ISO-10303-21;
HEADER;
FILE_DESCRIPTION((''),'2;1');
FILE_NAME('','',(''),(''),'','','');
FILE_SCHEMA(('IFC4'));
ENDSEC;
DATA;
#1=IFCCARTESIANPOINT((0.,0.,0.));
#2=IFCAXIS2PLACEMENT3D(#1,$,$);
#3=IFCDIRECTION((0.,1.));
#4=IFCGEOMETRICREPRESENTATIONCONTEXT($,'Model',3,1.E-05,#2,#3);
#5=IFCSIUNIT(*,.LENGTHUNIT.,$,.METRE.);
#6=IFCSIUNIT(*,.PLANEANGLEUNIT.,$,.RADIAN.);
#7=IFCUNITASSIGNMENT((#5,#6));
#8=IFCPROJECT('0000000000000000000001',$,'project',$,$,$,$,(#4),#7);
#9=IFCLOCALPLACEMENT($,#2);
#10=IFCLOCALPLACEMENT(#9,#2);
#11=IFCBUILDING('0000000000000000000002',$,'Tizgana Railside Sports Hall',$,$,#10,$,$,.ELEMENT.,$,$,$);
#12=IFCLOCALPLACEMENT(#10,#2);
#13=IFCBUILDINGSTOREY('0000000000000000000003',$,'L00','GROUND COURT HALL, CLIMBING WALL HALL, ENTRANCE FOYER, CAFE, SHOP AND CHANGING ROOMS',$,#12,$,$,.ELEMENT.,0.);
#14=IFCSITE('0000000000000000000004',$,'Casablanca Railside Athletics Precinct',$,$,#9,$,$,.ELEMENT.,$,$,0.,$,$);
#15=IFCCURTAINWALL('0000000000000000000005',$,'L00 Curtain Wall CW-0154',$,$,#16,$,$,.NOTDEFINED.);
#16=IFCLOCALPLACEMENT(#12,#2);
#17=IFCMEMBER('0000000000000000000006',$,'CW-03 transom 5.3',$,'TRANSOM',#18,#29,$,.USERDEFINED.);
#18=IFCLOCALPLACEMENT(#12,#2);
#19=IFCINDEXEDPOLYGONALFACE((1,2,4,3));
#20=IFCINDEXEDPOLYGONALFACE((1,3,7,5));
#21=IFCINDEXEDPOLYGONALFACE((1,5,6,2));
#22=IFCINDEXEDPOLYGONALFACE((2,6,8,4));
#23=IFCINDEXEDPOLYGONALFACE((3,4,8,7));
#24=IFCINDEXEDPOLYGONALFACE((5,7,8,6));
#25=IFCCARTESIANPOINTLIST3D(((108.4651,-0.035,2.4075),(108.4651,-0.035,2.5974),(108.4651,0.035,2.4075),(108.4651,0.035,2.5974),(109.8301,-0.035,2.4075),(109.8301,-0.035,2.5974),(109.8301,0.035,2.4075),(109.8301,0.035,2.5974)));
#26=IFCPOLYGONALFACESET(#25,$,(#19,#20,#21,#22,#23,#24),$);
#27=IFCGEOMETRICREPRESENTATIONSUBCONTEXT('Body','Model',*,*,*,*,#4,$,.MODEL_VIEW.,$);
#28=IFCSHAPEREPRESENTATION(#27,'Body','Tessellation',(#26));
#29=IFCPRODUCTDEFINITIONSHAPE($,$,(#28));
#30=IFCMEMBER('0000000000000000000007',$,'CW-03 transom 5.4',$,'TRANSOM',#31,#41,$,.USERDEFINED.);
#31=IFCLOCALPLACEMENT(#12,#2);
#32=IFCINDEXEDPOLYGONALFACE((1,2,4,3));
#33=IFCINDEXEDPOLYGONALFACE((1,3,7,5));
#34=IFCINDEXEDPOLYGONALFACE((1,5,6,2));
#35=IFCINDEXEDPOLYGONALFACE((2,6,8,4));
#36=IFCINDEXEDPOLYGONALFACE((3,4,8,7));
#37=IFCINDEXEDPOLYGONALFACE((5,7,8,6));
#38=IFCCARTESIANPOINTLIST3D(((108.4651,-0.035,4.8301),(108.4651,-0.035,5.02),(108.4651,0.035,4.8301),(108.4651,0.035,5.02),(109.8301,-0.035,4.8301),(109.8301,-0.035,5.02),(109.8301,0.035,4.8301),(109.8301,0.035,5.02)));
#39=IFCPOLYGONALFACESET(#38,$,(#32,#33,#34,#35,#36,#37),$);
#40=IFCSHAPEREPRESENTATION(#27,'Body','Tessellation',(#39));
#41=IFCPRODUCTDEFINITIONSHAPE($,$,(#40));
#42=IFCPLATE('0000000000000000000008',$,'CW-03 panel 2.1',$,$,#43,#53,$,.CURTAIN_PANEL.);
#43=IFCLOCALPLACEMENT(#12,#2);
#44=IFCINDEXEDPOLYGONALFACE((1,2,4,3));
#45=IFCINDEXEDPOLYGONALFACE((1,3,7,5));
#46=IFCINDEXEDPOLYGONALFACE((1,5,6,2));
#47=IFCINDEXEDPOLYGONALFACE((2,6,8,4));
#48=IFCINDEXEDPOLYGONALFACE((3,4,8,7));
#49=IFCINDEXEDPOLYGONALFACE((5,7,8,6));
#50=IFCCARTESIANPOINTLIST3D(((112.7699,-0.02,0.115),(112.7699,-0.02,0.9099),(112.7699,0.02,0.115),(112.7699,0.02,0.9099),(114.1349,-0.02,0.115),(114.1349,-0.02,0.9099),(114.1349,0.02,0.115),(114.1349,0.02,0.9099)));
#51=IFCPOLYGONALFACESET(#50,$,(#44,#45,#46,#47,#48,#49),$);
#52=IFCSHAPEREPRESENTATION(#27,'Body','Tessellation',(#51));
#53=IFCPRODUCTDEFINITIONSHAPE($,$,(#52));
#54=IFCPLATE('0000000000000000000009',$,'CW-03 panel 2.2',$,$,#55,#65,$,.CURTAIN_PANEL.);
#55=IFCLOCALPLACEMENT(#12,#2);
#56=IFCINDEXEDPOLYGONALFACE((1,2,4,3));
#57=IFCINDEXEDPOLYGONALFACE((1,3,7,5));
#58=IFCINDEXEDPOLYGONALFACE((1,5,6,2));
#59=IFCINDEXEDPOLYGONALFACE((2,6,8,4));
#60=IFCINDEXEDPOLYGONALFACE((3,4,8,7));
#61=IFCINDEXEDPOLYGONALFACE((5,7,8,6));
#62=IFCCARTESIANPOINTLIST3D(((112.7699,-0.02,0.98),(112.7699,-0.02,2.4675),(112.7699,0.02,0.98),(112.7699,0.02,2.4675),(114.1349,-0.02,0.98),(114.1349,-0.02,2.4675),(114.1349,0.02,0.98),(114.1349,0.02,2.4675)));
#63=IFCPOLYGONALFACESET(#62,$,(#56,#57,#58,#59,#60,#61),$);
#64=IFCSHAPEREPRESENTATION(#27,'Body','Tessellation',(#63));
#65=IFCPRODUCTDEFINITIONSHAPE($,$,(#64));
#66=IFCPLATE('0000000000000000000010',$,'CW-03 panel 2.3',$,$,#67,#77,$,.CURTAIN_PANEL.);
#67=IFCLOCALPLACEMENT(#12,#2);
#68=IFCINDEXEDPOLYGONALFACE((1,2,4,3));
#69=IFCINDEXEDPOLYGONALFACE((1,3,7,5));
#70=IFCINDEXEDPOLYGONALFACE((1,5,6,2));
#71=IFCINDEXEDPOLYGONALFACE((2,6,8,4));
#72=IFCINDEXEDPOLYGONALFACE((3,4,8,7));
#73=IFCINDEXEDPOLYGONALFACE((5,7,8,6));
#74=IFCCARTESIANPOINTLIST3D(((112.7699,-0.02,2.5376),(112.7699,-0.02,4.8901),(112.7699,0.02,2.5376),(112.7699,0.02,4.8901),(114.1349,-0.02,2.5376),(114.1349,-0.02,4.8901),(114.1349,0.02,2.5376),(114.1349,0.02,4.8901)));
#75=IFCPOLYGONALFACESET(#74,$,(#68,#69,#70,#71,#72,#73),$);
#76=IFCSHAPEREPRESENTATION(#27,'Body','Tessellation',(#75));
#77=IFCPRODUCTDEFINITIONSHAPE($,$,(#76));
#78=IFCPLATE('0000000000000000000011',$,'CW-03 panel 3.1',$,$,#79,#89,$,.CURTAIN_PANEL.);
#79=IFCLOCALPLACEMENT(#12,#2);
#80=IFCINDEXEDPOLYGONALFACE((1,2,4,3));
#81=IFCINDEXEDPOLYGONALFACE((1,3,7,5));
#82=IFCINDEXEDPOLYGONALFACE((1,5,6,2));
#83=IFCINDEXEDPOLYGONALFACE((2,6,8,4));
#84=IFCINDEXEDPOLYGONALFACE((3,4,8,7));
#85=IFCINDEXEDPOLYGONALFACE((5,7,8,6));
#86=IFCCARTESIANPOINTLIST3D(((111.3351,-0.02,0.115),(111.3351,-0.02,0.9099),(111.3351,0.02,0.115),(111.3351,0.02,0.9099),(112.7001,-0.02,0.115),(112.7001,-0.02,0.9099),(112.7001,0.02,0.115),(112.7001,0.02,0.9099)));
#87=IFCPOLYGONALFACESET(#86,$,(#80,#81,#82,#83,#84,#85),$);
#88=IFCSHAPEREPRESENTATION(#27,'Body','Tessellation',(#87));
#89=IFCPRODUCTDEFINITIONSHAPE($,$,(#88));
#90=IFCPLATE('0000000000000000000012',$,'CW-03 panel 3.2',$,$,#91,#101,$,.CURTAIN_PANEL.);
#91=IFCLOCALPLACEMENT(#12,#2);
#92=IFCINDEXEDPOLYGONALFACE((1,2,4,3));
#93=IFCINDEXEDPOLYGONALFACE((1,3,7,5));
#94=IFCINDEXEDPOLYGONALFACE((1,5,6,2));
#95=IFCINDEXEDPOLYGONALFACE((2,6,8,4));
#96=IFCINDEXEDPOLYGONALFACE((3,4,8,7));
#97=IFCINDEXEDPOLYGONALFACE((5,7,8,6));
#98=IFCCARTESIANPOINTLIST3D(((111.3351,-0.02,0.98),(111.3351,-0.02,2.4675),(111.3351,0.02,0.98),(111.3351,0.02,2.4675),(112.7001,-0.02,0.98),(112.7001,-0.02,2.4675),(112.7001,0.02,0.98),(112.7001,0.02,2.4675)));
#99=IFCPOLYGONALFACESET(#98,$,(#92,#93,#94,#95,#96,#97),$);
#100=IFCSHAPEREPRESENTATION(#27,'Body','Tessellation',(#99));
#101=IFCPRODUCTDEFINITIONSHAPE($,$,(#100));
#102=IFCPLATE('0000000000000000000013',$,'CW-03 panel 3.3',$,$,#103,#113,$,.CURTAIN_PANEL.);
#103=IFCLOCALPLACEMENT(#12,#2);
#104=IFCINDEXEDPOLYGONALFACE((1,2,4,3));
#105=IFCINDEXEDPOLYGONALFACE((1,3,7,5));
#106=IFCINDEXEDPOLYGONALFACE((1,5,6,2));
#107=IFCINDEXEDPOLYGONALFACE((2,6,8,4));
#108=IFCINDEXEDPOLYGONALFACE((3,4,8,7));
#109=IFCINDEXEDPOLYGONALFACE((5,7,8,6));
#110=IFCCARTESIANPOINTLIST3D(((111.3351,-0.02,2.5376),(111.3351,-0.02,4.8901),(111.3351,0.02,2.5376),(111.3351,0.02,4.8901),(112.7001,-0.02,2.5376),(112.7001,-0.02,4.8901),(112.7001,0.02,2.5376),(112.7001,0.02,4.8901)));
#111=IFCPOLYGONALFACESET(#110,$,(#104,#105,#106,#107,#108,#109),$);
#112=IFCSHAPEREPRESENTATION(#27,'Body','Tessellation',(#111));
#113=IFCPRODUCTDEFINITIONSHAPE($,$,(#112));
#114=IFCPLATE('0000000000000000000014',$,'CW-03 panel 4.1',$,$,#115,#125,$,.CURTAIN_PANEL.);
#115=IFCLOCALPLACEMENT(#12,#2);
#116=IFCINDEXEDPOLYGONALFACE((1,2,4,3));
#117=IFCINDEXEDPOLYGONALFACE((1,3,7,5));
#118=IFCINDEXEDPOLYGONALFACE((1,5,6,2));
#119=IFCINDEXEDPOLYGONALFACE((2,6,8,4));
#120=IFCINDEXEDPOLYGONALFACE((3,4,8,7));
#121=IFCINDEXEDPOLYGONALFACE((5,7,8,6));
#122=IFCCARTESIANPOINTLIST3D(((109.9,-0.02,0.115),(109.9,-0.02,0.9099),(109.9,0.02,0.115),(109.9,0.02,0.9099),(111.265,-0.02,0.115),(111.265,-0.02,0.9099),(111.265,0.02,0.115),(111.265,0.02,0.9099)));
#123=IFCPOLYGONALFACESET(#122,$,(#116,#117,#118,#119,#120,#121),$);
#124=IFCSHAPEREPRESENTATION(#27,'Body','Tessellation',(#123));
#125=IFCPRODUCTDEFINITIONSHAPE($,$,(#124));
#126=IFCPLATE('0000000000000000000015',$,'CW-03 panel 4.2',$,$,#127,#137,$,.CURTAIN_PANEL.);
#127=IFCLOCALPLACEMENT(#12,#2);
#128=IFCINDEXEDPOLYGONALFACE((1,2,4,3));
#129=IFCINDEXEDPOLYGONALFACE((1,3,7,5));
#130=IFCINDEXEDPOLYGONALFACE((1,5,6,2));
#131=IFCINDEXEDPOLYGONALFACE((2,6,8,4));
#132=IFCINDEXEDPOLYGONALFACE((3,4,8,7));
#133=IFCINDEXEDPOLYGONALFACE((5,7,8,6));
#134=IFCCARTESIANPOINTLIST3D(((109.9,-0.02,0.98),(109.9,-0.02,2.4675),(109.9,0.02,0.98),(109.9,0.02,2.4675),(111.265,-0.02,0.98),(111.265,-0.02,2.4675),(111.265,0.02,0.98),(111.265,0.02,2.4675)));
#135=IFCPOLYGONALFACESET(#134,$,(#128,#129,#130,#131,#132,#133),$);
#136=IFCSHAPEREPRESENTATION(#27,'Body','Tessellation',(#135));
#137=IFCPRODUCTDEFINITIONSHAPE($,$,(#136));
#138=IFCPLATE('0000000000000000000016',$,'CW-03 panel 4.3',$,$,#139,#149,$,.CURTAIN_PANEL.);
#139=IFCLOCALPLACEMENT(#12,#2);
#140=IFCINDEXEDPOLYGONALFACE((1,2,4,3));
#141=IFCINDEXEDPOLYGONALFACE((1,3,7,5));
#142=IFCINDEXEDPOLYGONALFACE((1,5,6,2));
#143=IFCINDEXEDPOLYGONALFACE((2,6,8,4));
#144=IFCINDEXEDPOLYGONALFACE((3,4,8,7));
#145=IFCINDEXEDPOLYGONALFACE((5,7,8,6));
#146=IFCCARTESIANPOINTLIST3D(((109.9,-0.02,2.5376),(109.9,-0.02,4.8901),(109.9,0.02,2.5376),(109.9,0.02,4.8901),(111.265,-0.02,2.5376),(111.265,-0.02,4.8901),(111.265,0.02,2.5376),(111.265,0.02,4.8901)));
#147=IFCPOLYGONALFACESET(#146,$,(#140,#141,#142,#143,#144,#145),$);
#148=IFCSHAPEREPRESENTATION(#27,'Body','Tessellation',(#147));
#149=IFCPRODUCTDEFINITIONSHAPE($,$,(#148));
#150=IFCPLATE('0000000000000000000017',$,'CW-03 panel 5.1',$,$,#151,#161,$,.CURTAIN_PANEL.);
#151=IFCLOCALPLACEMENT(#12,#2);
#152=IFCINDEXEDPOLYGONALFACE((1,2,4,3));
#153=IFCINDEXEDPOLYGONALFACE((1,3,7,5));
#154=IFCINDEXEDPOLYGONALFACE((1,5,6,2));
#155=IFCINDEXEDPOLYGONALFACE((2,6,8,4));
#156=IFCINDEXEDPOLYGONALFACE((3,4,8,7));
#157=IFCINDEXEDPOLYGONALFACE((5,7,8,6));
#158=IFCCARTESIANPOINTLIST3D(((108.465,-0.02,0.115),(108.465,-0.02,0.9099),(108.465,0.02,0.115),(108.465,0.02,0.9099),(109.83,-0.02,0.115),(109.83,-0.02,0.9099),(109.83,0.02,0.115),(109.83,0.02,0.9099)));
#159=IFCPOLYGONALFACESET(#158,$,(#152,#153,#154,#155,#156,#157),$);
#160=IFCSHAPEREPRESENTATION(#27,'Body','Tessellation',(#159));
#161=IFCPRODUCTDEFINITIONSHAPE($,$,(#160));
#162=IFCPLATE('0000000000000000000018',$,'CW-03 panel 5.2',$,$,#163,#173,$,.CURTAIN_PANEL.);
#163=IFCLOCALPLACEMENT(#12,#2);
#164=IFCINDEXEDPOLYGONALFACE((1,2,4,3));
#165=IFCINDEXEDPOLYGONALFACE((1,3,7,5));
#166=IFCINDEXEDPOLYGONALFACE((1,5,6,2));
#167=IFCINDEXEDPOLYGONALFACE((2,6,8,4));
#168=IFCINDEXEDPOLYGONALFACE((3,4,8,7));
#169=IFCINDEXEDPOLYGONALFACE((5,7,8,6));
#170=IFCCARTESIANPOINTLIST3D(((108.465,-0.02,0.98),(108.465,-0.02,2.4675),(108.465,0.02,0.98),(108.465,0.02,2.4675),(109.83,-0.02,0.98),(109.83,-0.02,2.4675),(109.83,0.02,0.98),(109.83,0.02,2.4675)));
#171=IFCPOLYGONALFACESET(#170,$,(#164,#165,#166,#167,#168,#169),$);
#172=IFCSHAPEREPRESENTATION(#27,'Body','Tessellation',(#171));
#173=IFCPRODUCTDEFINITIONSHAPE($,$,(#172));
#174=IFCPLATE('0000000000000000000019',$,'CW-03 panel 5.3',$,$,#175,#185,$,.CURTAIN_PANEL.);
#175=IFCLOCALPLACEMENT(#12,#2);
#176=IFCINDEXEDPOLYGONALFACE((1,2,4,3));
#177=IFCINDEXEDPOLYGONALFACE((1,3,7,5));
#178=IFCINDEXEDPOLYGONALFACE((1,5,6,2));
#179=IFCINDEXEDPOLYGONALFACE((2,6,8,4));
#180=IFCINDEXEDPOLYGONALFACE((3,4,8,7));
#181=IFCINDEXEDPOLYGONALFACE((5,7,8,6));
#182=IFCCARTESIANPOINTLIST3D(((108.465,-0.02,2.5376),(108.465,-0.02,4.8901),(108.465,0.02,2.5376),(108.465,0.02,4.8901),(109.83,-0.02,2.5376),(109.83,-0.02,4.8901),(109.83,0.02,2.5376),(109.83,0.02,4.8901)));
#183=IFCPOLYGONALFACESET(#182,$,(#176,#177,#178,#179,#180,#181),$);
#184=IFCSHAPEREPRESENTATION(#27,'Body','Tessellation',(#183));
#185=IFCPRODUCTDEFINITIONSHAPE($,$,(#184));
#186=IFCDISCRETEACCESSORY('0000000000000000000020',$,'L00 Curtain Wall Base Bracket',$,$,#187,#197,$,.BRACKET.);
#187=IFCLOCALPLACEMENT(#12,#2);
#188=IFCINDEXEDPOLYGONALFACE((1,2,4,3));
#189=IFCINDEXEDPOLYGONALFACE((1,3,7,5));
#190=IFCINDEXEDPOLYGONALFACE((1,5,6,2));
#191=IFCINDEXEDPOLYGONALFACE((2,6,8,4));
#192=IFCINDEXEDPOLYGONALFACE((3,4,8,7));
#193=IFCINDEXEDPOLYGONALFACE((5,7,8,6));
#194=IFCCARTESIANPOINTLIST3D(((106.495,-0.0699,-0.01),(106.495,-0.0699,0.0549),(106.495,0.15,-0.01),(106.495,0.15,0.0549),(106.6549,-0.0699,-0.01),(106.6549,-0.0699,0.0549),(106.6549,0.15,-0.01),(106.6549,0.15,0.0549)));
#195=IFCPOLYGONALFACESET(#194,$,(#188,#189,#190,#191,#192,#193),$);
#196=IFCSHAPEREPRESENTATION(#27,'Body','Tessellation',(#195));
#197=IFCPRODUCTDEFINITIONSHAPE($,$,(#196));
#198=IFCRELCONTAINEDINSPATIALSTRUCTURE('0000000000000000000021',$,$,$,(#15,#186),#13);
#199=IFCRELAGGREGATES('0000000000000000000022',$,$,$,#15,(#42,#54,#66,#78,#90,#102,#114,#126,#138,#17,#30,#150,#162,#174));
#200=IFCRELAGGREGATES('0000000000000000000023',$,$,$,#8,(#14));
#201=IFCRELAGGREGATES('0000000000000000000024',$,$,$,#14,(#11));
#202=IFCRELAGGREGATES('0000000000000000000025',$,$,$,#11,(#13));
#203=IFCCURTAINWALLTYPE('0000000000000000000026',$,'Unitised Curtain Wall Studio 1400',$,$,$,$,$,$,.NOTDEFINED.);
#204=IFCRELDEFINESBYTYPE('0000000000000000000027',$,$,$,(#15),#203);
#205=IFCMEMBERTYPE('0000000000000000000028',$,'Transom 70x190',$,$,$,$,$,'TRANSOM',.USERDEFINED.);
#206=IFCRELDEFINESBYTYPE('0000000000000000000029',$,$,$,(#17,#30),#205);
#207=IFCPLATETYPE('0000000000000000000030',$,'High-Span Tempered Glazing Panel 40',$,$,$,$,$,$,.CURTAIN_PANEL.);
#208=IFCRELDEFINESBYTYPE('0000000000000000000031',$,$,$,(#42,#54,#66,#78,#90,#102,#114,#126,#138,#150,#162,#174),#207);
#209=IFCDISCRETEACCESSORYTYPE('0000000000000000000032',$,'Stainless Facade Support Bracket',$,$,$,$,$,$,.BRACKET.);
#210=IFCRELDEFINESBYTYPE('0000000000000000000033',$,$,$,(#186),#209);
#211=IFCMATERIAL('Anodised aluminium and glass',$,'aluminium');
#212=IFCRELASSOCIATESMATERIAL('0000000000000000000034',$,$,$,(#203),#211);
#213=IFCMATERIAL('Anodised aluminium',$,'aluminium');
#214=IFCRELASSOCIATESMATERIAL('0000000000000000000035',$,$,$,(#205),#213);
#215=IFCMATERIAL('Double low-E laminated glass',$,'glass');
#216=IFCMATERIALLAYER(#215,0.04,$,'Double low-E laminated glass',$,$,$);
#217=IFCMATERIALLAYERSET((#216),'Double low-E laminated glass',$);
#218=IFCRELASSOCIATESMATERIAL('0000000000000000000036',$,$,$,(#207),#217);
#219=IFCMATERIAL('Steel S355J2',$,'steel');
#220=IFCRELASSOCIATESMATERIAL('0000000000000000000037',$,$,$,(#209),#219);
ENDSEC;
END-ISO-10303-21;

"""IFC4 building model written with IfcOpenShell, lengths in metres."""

from ifc_helpers import new_model, si_unit, direction, frame, origin, origin_2d, place, context, subcontext, project, spatial, rectangle, extrude, material, layer, layer_set, material_profile, profile_set, type_object, element, aggregate, save


model = new_model("IFC4")

# Units and contexts
model_context = context("Model", 3, precision=1e-05, world=origin(), true_north=direction((0.0, 1.0)))
body_context = subcontext(model_context, "Body", "Model", "MODEL_VIEW")
ifc_project = project(units=[si_unit("LENGTHUNIT", "METRE"), si_unit("PLANEANGLEUNIT", "RADIAN")], contexts=[model_context])

# Site, building, storey
site_placement = place(None, origin())
site = spatial("IfcSite", under=ifc_project, at=site_placement, Name="Casablanca Railside Athletics Precinct", CompositionType="ELEMENT", RefElevation=0.0)
building_placement = place(site_placement, origin())
building = spatial("IfcBuilding", under=site, at=building_placement, Name="Tizgana Railside Sports Hall", CompositionType="ELEMENT")
storey_placement = place(building_placement, origin())
storey = spatial("IfcBuildingStorey", under=building, at=storey_placement, Name="L00", Description="GROUND COURT HALL, CLIMBING WALL HALL, ENTRANCE FOYER, CAFE, SHOP AND CHANGING ROOMS", CompositionType="ELEMENT", Elevation=0.0)

# Curtain wall, members, plates
ifc_material_1 = material(Name="Anodised aluminium and glass", Category="aluminium")
curtain_wall_type = type_object("IfcCurtainWallType", Name="Unitised Curtain Wall Studio 1400", PredefinedType="NOTDEFINED", material=ifc_material_1)
curtain_wall_placement = place(storey_placement, origin())
curtain_wall = element("IfcCurtainWall", 1, at=curtain_wall_placement, inside=storey, type_object=curtain_wall_type, Name="L00 Curtain Wall CW-0154", PredefinedType="NOTDEFINED")
ifc_material_2 = material(Name="Anodised aluminium", Category="aluminium")
ifc_material_profile_1 = material_profile(ifc_material_2, rectangle(XDim=0.0701, YDim=0.1899, at=origin_2d()), Name="Transom 70x190")
ifc_profile_set_1 = profile_set([ifc_material_profile_1], Name="Anodised aluminium")
member_type_1 = type_object("IfcMemberType", Name="Transom 70x190", ElementType="TRANSOM", PredefinedType="USERDEFINED", material=ifc_profile_set_1)
member_1_placement = place(storey_placement, frame((109.8301, 0.0, 2.5024), z_axis=(-1.0, 0.0, 0.0), x_axis=(0.0, -1.0, 0.0)))
member_1 = element("IfcMember", 2, at=member_1_placement, type_object=member_type_1, Name="CW-03 transom 5.3", ObjectType="TRANSOM", PredefinedType="USERDEFINED", context=body_context, shape_type="SweptSolid", body=[
    extrude(rectangle(XDim=0.0701, YDim=0.1899, at=origin_2d()), origin(), (0.0, 0.0, 1.0), 1.365),
])
member_2_placement = place(storey_placement, frame((109.8301, 0.0, 4.925), z_axis=(-1.0, 0.0, 0.0), x_axis=(0.0, -1.0, 0.0)))
member_2 = element("IfcMember", 3, at=member_2_placement, type_object=member_type_1, Name="CW-03 transom 5.4", ObjectType="TRANSOM", PredefinedType="USERDEFINED", context=body_context, shape_type="SweptSolid", body=[
    extrude(rectangle(XDim=0.0701, YDim=0.1899, at=origin_2d()), origin(), (0.0, 0.0, 1.0), 1.365),
])
ifc_material_3 = material(Name="Double low-E laminated glass", Category="glass")
ifc_layer = layer(ifc_material_3, 0.04, Name="Double low-E laminated glass")
ifc_layer_set = layer_set([ifc_layer], Name="Double low-E laminated glass")
plate_type = type_object("IfcPlateType", Name="High-Span Tempered Glazing Panel 40", PredefinedType="CURTAIN_PANEL", material=ifc_layer_set)
plate_1_placement = place(storey_placement, frame((113.4524, 0.0, 0.115), z_axis=(0.0, 0.0, 1.0), x_axis=(-1.0, 0.0, 0.0)))
plate_1 = element("IfcPlate", 4, at=plate_1_placement, type_object=plate_type, Name="CW-03 panel 2.1", PredefinedType="CURTAIN_PANEL", context=body_context, shape_type="SweptSolid", body=[
    extrude(rectangle(XDim=1.365, YDim=0.04, at=origin_2d()), origin(), (0.0, 0.0, 1.0), 0.7949),
])
plate_2_placement = place(storey_placement, frame((113.4524, 0.0, 0.98), z_axis=(0.0, 0.0, 1.0), x_axis=(-1.0, 0.0, 0.0)))
plate_2 = element("IfcPlate", 5, at=plate_2_placement, type_object=plate_type, Name="CW-03 panel 2.2", PredefinedType="CURTAIN_PANEL", context=body_context, shape_type="SweptSolid", body=[
    extrude(rectangle(XDim=1.365, YDim=0.04, at=origin_2d()), origin(), (0.0, 0.0, 1.0), 1.4875),
])
plate_3_placement = place(storey_placement, frame((113.4524, 0.0, 2.5376), z_axis=(0.0, 0.0, 1.0), x_axis=(-1.0, 0.0, 0.0)))
plate_3 = element("IfcPlate", 6, at=plate_3_placement, type_object=plate_type, Name="CW-03 panel 2.3", PredefinedType="CURTAIN_PANEL", context=body_context, shape_type="SweptSolid", body=[
    extrude(rectangle(XDim=1.365, YDim=0.04, at=origin_2d()), origin(), (0.0, 0.0, 1.0), 2.3525),
])
plate_4_placement = place(storey_placement, frame((112.0176, 0.0, 0.115), z_axis=(0.0, 0.0, 1.0), x_axis=(-1.0, 0.0, 0.0)))
plate_4 = element("IfcPlate", 7, at=plate_4_placement, type_object=plate_type, Name="CW-03 panel 3.1", PredefinedType="CURTAIN_PANEL", context=body_context, shape_type="SweptSolid", body=[
    extrude(rectangle(XDim=1.365, YDim=0.04, at=origin_2d()), origin(), (0.0, 0.0, 1.0), 0.7949),
])
plate_5_placement = place(storey_placement, frame((112.0176, 0.0, 0.98), z_axis=(0.0, 0.0, 1.0), x_axis=(-1.0, 0.0, 0.0)))
plate_5 = element("IfcPlate", 8, at=plate_5_placement, type_object=plate_type, Name="CW-03 panel 3.2", PredefinedType="CURTAIN_PANEL", context=body_context, shape_type="SweptSolid", body=[
    extrude(rectangle(XDim=1.365, YDim=0.04, at=origin_2d()), origin(), (0.0, 0.0, 1.0), 1.4875),
])
plate_6_placement = place(storey_placement, frame((112.0176, 0.0, 2.5376), z_axis=(0.0, 0.0, 1.0), x_axis=(-1.0, 0.0, 0.0)))
plate_6 = element("IfcPlate", 9, at=plate_6_placement, type_object=plate_type, Name="CW-03 panel 3.3", PredefinedType="CURTAIN_PANEL", context=body_context, shape_type="SweptSolid", body=[
    extrude(rectangle(XDim=1.365, YDim=0.04, at=origin_2d()), origin(), (0.0, 0.0, 1.0), 2.3525),
])
plate_7_placement = place(storey_placement, frame((110.5825, 0.0, 0.115), z_axis=(0.0, 0.0, 1.0), x_axis=(-1.0, 0.0, 0.0)))
plate_7 = element("IfcPlate", 10, at=plate_7_placement, type_object=plate_type, Name="CW-03 panel 4.1", PredefinedType="CURTAIN_PANEL", context=body_context, shape_type="SweptSolid", body=[
    extrude(rectangle(XDim=1.365, YDim=0.04, at=origin_2d()), origin(), (0.0, 0.0, 1.0), 0.7949),
])
plate_8_placement = place(storey_placement, frame((110.5825, 0.0, 0.98), z_axis=(0.0, 0.0, 1.0), x_axis=(-1.0, 0.0, 0.0)))
plate_8 = element("IfcPlate", 11, at=plate_8_placement, type_object=plate_type, Name="CW-03 panel 4.2", PredefinedType="CURTAIN_PANEL", context=body_context, shape_type="SweptSolid", body=[
    extrude(rectangle(XDim=1.365, YDim=0.04, at=origin_2d()), origin(), (0.0, 0.0, 1.0), 1.4875),
])
plate_9_placement = place(storey_placement, frame((110.5825, 0.0, 2.5376), z_axis=(0.0, 0.0, 1.0), x_axis=(-1.0, 0.0, 0.0)))
plate_9 = element("IfcPlate", 12, at=plate_9_placement, type_object=plate_type, Name="CW-03 panel 4.3", PredefinedType="CURTAIN_PANEL", context=body_context, shape_type="SweptSolid", body=[
    extrude(rectangle(XDim=1.365, YDim=0.04, at=origin_2d()), origin(), (0.0, 0.0, 1.0), 2.3525),
])
plate_10_placement = place(storey_placement, frame((109.1475, 0.0, 0.115), z_axis=(0.0, 0.0, 1.0), x_axis=(-1.0, 0.0, 0.0)))
plate_10 = element("IfcPlate", 13, at=plate_10_placement, type_object=plate_type, Name="CW-03 panel 5.1", PredefinedType="CURTAIN_PANEL", context=body_context, shape_type="SweptSolid", body=[
    extrude(rectangle(XDim=1.365, YDim=0.04, at=origin_2d()), origin(), (0.0, 0.0, 1.0), 0.7949),
])
plate_11_placement = place(storey_placement, frame((109.1475, 0.0, 0.98), z_axis=(0.0, 0.0, 1.0), x_axis=(-1.0, 0.0, 0.0)))
plate_11 = element("IfcPlate", 14, at=plate_11_placement, type_object=plate_type, Name="CW-03 panel 5.2", PredefinedType="CURTAIN_PANEL", context=body_context, shape_type="SweptSolid", body=[
    extrude(rectangle(XDim=1.365, YDim=0.04, at=origin_2d()), origin(), (0.0, 0.0, 1.0), 1.4875),
])
plate_12_placement = place(storey_placement, frame((109.1475, 0.0, 2.5376), z_axis=(0.0, 0.0, 1.0), x_axis=(-1.0, 0.0, 0.0)))
plate_12 = element("IfcPlate", 15, at=plate_12_placement, type_object=plate_type, Name="CW-03 panel 5.3", PredefinedType="CURTAIN_PANEL", context=body_context, shape_type="SweptSolid", body=[
    extrude(rectangle(XDim=1.365, YDim=0.04, at=origin_2d()), origin(), (0.0, 0.0, 1.0), 2.3525),
])
aggregate(curtain_wall, [plate_1, plate_2, plate_3, plate_4, plate_5, plate_6, plate_7, plate_8, plate_9, member_1, member_2, plate_10, plate_11, plate_12])

# Discrete accessory
ifc_material_4 = material(Name="Steel S355J2", Category="steel")
discrete_accessory_type = type_object("IfcDiscreteAccessoryType", Name="Stainless Facade Support Bracket", PredefinedType="BRACKET", material=ifc_material_4)
discrete_accessory_placement = place(storey_placement, frame((106.575, 0.04, -0.01), z_axis=(0.0, 0.0, 1.0), x_axis=(-1.0, 0.0, 0.0)))
element("IfcDiscreteAccessory", 16, at=discrete_accessory_placement, inside=storey, type_object=discrete_accessory_type, Name="L00 Curtain Wall Base Bracket", PredefinedType="BRACKET", context=body_context, shape_type="SweptSolid", body=[
    extrude(rectangle(XDim=0.1599, YDim=0.22, at=origin_2d()), origin(), (0.0, 0.0, 1.0), 0.0649),
])

save(model, "model.ifc")
